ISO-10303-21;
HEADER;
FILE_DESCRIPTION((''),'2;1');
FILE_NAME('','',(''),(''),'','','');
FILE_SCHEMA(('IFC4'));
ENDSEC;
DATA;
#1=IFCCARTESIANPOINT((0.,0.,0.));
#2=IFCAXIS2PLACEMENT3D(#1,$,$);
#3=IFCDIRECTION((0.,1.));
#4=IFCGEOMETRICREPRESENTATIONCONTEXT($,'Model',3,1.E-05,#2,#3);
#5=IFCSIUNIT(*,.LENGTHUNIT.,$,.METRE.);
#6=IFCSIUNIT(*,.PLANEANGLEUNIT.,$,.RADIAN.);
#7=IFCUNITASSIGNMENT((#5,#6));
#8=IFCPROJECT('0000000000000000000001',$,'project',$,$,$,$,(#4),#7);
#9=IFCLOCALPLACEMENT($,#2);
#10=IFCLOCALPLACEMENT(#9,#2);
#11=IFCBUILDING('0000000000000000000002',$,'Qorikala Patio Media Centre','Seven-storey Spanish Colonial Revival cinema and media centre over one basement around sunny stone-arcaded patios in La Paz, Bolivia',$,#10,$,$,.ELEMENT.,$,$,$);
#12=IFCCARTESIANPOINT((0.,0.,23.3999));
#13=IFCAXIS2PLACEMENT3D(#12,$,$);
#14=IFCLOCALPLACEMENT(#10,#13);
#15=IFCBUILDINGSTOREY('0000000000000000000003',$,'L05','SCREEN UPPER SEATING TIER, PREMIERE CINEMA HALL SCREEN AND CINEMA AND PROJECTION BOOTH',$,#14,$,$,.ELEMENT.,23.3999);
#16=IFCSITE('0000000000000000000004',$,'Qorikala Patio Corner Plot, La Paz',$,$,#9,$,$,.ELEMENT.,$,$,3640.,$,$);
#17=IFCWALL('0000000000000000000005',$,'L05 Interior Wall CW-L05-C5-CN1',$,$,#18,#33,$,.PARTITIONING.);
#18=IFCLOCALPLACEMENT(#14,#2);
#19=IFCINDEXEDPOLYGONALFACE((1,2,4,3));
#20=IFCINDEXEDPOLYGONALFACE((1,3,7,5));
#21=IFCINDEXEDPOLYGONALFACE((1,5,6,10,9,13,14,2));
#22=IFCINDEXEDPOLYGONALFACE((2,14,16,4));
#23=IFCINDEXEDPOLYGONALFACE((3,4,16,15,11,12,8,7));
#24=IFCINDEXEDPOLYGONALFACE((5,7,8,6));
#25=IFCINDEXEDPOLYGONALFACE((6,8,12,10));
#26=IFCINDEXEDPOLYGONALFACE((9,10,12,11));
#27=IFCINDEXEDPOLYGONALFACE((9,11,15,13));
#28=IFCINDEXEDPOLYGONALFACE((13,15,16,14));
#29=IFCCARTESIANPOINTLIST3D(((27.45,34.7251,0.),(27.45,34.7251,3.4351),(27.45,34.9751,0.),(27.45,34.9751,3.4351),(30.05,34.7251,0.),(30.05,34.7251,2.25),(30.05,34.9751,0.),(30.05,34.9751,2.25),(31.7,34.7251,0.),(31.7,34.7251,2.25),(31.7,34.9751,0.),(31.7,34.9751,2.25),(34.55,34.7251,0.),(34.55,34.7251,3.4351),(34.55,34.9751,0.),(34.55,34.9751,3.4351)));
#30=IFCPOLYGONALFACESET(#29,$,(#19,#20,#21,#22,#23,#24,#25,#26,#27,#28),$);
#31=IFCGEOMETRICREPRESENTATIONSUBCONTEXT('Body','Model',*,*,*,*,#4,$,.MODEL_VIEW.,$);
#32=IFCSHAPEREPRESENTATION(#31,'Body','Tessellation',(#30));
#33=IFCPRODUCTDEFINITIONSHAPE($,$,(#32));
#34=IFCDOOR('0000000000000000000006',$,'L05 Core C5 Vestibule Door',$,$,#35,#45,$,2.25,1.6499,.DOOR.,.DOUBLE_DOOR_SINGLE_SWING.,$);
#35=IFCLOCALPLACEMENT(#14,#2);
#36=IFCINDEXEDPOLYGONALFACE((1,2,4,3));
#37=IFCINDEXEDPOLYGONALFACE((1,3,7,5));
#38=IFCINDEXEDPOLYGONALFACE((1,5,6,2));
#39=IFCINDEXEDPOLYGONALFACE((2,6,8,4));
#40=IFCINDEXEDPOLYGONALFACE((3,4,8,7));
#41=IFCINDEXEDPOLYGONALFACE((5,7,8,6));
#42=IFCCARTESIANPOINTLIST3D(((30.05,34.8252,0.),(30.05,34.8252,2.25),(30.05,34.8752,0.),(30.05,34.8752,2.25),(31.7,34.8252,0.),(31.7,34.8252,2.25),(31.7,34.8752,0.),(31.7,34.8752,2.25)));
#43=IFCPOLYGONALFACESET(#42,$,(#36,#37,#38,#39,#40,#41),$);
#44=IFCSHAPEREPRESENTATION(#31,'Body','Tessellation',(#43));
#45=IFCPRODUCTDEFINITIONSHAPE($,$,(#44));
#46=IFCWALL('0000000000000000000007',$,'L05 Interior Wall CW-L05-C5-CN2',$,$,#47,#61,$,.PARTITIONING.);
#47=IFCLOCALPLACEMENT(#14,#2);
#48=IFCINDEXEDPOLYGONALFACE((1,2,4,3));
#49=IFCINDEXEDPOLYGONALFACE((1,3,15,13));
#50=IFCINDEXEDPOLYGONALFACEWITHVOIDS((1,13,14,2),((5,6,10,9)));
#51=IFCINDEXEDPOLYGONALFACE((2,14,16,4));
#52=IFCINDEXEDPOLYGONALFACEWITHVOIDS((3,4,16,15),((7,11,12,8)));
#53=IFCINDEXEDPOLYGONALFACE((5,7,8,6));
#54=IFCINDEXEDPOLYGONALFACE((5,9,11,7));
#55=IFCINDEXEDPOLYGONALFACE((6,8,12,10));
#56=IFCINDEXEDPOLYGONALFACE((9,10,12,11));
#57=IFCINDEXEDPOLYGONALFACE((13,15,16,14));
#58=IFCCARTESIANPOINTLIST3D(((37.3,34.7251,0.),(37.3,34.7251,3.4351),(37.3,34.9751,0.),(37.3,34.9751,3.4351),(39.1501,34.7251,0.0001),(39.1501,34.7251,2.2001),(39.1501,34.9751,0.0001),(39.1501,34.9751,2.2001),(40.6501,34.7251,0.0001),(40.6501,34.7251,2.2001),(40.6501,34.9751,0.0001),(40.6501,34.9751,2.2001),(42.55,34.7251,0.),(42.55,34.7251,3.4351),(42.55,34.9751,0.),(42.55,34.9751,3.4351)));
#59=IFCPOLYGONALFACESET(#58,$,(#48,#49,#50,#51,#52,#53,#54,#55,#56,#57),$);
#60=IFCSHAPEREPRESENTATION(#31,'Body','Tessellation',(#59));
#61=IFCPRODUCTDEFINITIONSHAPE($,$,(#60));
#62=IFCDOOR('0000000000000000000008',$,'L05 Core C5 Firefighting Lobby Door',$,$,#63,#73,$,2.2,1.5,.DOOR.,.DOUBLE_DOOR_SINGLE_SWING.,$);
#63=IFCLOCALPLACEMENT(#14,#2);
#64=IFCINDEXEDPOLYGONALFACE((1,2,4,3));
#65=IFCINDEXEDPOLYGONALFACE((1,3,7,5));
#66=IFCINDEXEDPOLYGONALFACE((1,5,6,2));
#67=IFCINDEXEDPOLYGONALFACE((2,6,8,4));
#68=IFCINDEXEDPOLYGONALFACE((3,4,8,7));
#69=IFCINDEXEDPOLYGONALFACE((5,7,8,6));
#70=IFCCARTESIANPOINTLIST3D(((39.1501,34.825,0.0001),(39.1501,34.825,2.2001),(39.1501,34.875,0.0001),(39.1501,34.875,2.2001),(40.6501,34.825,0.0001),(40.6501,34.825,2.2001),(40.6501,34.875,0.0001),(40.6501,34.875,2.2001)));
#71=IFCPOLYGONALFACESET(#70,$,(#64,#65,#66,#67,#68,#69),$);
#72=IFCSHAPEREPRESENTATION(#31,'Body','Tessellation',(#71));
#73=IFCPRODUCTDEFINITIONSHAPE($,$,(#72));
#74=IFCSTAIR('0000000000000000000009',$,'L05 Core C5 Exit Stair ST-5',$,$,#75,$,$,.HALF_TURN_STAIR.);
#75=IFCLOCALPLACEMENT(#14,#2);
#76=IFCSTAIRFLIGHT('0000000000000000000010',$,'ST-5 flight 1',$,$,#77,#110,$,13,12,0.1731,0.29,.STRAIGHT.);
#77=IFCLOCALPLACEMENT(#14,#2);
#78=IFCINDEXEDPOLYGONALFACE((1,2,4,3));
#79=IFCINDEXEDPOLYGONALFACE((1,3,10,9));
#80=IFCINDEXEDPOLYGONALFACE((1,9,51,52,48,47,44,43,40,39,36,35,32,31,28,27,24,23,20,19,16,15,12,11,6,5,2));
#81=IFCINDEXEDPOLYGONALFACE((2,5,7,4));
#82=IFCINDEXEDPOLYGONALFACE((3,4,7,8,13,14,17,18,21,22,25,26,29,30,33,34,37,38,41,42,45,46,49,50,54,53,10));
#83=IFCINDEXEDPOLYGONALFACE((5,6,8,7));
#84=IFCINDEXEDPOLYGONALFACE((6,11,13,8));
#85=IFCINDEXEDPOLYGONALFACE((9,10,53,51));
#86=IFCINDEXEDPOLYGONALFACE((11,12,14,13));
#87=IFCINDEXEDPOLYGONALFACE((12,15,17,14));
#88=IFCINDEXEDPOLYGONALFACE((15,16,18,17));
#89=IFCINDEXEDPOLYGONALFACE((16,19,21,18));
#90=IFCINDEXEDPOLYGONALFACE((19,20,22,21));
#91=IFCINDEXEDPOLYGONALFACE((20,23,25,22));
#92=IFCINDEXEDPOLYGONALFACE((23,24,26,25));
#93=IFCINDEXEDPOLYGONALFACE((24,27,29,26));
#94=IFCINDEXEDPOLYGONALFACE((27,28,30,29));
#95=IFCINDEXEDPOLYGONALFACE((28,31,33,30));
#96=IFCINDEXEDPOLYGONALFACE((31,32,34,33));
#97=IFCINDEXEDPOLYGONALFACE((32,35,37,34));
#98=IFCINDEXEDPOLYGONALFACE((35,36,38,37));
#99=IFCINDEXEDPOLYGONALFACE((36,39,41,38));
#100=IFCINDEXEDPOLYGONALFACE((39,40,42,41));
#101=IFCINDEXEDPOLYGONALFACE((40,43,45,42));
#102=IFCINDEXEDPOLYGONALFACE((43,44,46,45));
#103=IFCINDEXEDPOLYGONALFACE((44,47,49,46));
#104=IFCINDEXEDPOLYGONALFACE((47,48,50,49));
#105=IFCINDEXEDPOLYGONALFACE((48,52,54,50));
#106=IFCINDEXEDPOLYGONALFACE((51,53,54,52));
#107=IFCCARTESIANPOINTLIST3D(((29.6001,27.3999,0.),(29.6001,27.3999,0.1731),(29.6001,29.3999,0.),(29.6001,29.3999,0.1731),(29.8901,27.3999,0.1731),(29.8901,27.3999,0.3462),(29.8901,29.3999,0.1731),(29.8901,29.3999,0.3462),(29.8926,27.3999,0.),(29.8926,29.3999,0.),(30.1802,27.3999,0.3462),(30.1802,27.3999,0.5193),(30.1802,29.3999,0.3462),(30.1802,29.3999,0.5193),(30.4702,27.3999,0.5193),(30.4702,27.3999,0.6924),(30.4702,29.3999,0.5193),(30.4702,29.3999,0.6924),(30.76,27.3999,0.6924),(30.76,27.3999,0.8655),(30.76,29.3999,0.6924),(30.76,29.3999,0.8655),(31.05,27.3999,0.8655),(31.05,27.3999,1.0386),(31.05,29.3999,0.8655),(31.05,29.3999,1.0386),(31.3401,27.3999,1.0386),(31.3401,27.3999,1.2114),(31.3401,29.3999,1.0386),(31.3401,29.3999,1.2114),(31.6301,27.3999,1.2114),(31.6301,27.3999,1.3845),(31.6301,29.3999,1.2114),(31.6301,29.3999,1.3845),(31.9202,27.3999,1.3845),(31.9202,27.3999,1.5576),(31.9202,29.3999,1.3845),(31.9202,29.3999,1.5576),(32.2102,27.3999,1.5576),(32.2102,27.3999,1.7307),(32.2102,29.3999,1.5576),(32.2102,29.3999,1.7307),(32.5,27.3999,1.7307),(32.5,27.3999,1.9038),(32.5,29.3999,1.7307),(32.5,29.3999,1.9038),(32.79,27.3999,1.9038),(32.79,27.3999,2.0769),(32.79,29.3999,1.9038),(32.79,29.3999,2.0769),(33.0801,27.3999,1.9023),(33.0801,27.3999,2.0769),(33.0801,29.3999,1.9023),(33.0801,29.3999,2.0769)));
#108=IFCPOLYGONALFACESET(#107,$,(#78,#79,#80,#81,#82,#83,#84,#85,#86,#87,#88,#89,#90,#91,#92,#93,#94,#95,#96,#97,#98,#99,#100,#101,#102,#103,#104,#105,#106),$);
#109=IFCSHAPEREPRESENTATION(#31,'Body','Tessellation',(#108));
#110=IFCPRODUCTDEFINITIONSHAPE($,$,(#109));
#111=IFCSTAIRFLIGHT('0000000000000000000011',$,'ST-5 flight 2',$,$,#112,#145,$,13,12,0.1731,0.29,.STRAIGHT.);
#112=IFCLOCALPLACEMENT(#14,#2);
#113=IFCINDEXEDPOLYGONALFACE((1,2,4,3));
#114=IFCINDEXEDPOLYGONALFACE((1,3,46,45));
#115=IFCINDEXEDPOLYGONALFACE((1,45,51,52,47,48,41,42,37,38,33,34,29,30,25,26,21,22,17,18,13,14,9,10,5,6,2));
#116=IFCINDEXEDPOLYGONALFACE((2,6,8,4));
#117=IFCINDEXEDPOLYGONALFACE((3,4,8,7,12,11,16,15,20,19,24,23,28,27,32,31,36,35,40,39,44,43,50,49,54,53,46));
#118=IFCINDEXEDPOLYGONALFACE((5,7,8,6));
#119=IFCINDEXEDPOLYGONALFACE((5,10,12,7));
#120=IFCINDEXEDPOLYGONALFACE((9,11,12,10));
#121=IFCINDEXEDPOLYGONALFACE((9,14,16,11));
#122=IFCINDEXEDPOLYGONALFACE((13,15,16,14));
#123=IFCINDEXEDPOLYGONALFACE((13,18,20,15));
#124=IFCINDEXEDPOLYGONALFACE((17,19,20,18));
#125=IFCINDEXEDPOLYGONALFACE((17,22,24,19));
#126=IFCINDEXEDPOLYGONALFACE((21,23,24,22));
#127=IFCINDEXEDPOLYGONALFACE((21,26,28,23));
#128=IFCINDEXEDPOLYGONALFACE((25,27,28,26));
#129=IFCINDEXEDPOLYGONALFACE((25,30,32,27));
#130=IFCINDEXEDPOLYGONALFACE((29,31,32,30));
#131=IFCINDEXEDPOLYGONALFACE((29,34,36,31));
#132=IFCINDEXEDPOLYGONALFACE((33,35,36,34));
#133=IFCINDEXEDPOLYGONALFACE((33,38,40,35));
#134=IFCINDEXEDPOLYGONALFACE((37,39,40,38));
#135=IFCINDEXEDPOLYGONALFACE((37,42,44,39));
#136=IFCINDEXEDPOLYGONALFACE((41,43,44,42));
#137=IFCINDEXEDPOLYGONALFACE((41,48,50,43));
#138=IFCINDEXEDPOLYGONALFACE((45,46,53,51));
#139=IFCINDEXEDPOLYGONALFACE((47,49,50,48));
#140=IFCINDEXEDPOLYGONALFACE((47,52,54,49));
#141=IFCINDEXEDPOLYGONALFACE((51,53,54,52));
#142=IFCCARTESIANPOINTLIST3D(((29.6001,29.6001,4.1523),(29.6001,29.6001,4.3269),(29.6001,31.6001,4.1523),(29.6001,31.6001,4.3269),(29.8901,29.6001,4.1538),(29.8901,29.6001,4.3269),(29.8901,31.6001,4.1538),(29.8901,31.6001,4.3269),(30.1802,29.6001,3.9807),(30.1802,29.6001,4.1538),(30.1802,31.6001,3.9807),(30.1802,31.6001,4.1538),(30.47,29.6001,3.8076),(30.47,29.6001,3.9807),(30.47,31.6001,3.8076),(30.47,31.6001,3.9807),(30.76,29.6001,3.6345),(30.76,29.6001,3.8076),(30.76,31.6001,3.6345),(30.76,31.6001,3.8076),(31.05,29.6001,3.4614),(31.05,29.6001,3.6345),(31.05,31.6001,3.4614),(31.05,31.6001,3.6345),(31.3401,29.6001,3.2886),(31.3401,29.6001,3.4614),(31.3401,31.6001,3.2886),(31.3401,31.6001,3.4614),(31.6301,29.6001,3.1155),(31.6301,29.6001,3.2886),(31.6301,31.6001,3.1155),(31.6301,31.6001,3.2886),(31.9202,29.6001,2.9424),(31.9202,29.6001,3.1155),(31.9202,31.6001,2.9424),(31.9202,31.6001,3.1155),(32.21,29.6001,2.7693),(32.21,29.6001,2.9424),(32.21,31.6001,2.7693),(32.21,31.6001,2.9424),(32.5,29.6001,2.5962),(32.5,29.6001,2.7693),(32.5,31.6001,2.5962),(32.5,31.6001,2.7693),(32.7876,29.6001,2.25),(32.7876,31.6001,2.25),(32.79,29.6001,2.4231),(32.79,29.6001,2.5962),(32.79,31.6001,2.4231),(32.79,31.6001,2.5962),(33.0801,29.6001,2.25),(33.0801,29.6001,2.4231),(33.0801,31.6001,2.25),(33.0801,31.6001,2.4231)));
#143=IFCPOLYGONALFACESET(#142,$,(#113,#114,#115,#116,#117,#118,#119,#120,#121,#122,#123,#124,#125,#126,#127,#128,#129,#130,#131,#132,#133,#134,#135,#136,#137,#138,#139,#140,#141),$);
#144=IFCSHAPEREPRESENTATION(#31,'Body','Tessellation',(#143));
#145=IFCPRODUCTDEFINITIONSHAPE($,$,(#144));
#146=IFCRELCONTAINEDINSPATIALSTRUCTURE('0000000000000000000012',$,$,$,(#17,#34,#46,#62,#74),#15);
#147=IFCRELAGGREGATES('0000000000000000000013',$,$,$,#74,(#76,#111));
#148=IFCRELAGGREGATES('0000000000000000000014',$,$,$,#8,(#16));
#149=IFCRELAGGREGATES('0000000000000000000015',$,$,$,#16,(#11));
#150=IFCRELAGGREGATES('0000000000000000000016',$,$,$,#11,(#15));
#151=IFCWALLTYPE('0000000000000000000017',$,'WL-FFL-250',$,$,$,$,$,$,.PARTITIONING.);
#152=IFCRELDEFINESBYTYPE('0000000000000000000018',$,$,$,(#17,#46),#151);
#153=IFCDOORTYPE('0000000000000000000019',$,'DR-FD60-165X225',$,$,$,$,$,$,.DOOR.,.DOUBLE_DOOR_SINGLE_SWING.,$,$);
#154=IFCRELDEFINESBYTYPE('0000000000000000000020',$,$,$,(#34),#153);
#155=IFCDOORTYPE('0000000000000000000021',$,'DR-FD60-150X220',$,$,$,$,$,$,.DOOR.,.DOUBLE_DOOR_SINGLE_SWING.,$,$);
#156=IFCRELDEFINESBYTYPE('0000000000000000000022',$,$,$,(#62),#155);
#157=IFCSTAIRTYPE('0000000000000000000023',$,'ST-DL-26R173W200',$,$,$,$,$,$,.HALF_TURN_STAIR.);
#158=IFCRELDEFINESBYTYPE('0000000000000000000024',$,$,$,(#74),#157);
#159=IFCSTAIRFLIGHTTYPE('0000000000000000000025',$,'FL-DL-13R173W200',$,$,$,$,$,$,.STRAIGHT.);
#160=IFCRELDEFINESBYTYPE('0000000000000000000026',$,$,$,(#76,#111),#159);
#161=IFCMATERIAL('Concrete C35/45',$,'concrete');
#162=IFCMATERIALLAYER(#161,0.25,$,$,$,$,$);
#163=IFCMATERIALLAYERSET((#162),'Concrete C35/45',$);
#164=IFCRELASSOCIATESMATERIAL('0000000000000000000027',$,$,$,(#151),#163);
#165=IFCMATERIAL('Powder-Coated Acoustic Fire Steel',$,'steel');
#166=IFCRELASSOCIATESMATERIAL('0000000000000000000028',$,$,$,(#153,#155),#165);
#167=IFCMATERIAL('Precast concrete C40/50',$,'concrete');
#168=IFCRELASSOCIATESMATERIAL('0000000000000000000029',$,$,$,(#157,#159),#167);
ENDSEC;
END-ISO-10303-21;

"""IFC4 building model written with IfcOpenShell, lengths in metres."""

from ifc_helpers import new_model, si_unit, direction, frame, frame_2d, origin, place, context, subcontext, project, spatial, polyline, rectangle, outline, extrude, material, layer, layer_set, type_object, element, fill, aggregate, save


model = new_model("IFC4")

# Units and contexts
model_context = context("Model", 3, precision=1e-05, world=origin(), true_north=direction((0.0, 1.0)))
body_context = subcontext(model_context, "Body", "Model", "MODEL_VIEW")
ifc_project = project(units=[si_unit("LENGTHUNIT", "METRE"), si_unit("PLANEANGLEUNIT", "RADIAN")], contexts=[model_context])

# Site, building, storey
site_placement = place(None, origin())
site = spatial("IfcSite", under=ifc_project, at=site_placement, Name="Qorikala Patio Corner Plot, La Paz", CompositionType="ELEMENT", RefElevation=3640.0)
building_placement = place(site_placement, origin())
building = spatial("IfcBuilding", under=site, at=building_placement, Name="Qorikala Patio Media Centre", Description="Seven-storey Spanish Colonial Revival cinema and media centre over one basement around sunny stone-arcaded patios in La Paz, Bolivia", CompositionType="ELEMENT")
storey_placement = place(building_placement, frame((0.0, 0.0, 23.3999)))
storey = spatial("IfcBuildingStorey", under=building, at=storey_placement, Name="L05", Description="SCREEN UPPER SEATING TIER, PREMIERE CINEMA HALL SCREEN AND CINEMA AND PROJECTION BOOTH", CompositionType="ELEMENT", Elevation=23.3999)

# Shared definitions
ifc_material_1 = material(Name="Concrete C35/45", Category="concrete")

# Walls, openings, doors
ifc_material_2 = material(Name="Powder-Coated Acoustic Fire Steel", Category="steel")
ifc_layer_1 = layer(ifc_material_1, 0.25)
ifc_layer_set_1 = layer_set([ifc_layer_1], Name="Concrete C35/45")
wall_type_1 = type_object("IfcWallType", Name="WL-FFL-250", PredefinedType="PARTITIONING", material=ifc_layer_set_1)
wall_1_placement = place(storey_placement, frame((27.45, 34.8501, 0.0), z_axis=(0.0, 0.0, 1.0), x_axis=(1.0, 0.0, 0.0)))
wall_1 = element("IfcWall", 1, at=wall_1_placement, inside=storey, type_object=wall_type_1, Name="L05 Interior Wall CW-L05-C5-CN1", PredefinedType="PARTITIONING", context=body_context, shape_type="SweptSolid", body=[
    extrude(rectangle(XDim=7.1001, YDim=0.25, at=frame_2d((3.55, 0.0))), origin(), (0.0, 0.0, 1.0), 3.4351),
])
opening_1_placement = place(wall_1_placement, frame((2.6001, 0.0, 0.0)))
opening_1 = element("IfcOpeningElement", 2, at=opening_1_placement, cuts=wall_1, PredefinedType="OPENING", context=body_context, shape_type="SweptSolid", body=[
    extrude(rectangle(XDim=1.6499, YDim=2.25, at=frame_2d((0.825, 1.125))), frame((0.0, 0.135, 0.0), z_axis=(0.0, -1.0, 0.0), x_axis=(1.0, 0.0, 0.0)), (0.0, 0.0, 1.0), 0.27),
])
door_type_1 = type_object("IfcDoorType", Name="DR-FD60-165X225", OperationType="DOUBLE_DOOR_SINGLE_SWING", PredefinedType="DOOR", material=ifc_material_2)
door_1_placement = place(opening_1_placement, frame((1.6499, 0.0, 0.0), z_axis=(0.0, 0.0, 1.0), x_axis=(-1.0, 0.0, 0.0)))
door_1 = element("IfcDoor", 3, at=door_1_placement, inside=storey, type_object=door_type_1, Name="L05 Core C5 Vestibule Door", OperationType="DOUBLE_DOOR_SINGLE_SWING", OverallHeight=2.25, OverallWidth=1.6499, PredefinedType="DOOR", context=body_context, shape_type="SweptSolid", body=[
    extrude(rectangle(XDim=1.6499, YDim=2.25, at=frame_2d((0.825, 1.125))), frame((0.0, 0.0249, 0.0), z_axis=(0.0, -1.0, 0.0), x_axis=(1.0, 0.0, 0.0)), (0.0, 0.0, 1.0), 0.05),
])
fill(opening_1, door_1)
wall_2_placement = place(storey_placement, frame((37.3, 34.8501, 0.0), z_axis=(0.0, 0.0, 1.0), x_axis=(1.0, 0.0, 0.0)))
wall_2 = element("IfcWall", 4, at=wall_2_placement, inside=storey, type_object=wall_type_1, Name="L05 Interior Wall CW-L05-C5-CN2", PredefinedType="PARTITIONING", context=body_context, shape_type="SweptSolid", body=[
    extrude(rectangle(XDim=5.25, YDim=0.25, at=frame_2d((2.625, 0.0))), origin(), (0.0, 0.0, 1.0), 3.4351),
])
opening_2_placement = place(wall_2_placement, frame((1.8501, 0.0, 0.0)))
opening_2 = element("IfcOpeningElement", 5, at=opening_2_placement, cuts=wall_2, PredefinedType="OPENING", context=body_context, shape_type="SweptSolid", body=[
    extrude(rectangle(XDim=1.5, YDim=2.2, at=frame_2d((0.75, 1.1001))), frame((0.0, 0.135, 0.0), z_axis=(0.0, -1.0, 0.0), x_axis=(1.0, 0.0, 0.0)), (0.0, 0.0, 1.0), 0.27),
])
door_type_2 = type_object("IfcDoorType", Name="DR-FD60-150X220", OperationType="DOUBLE_DOOR_SINGLE_SWING", PredefinedType="DOOR", material=ifc_material_2)
door_2_placement = place(opening_2_placement, origin())
door_2 = element("IfcDoor", 6, at=door_2_placement, inside=storey, type_object=door_type_2, Name="L05 Core C5 Firefighting Lobby Door", OperationType="DOUBLE_DOOR_SINGLE_SWING", OverallHeight=2.2, OverallWidth=1.5, PredefinedType="DOOR", context=body_context, shape_type="SweptSolid", body=[
    extrude(rectangle(XDim=1.5, YDim=2.2, at=frame_2d((0.75, 1.1001))), frame((0.0, 0.0249, 0.0), z_axis=(0.0, -1.0, 0.0), x_axis=(1.0, 0.0, 0.0)), (0.0, 0.0, 1.0), 0.05),
])
fill(opening_2, door_2)

# Stair, stair flights
ifc_material_3 = material(Name="Precast concrete C40/50", Category="concrete")
stair_type = type_object("IfcStairType", Name="ST-DL-26R173W200", PredefinedType="HALF_TURN_STAIR", material=ifc_material_3)
stair_placement = place(storey_placement, origin())
stair = element("IfcStair", 7, at=stair_placement, inside=storey, type_object=stair_type, Name="L05 Core C5 Exit Stair ST-5", PredefinedType="HALF_TURN_STAIR")
stair_flight_type = type_object("IfcStairFlightType", Name="FL-DL-13R173W200", PredefinedType="STRAIGHT", material=ifc_material_3)
stair_flight_1_placement = place(storey_placement, frame((29.6001, 28.3999, 0.0), z_axis=(0.0, 0.0, 1.0), x_axis=(1.0, 0.0, 0.0)))
stair_flight_1 = element("IfcStairFlight", 8, at=stair_flight_1_placement, type_object=stair_flight_type, Name="ST-5 flight 1", NumberOfRisers=13, NumberOfTreads=12, PredefinedType="STRAIGHT", RiserHeight=0.1731, TreadLength=0.29, context=body_context, shape_type="SweptSolid", body=[
    extrude(outline(polyline([(0.0, 0.0), (0.0, 0.1731), (0.29, 0.1731), (0.29, 0.3462), (0.5801, 0.3462), (0.5801, 0.5193), (0.8701, 0.5193), (0.8701, 0.6924), (1.1599, 0.6924), (1.1599, 0.8655), (1.45, 0.8655), (1.45, 1.0386), (1.74, 1.0386), (1.74, 1.2114), (2.03, 1.2114), (2.03, 1.3845), (2.3201, 1.3845), (2.3201, 1.5576), (2.6101, 1.5576), (2.6101, 1.7307), (2.8999, 1.7307), (2.8999, 1.9038), (3.1899, 1.9038), (3.1899, 2.0769), (3.48, 2.0769), (3.48, 2.25), (3.48, 1.9023), (0.2925, 0.0), (0.0, 0.0)])), frame((0.0, 1.0, 0.0), z_axis=(0.0, -1.0, 0.0), x_axis=(1.0, 0.0, 0.0)), (0.0, 0.0, 1.0), 2.0),
])
stair_flight_2_placement = place(storey_placement, frame((33.0801, 30.6001, 2.25), z_axis=(0.0, 0.0, 1.0), x_axis=(-1.0, 0.0, 0.0)))
stair_flight_2 = element("IfcStairFlight", 9, at=stair_flight_2_placement, type_object=stair_flight_type, Name="ST-5 flight 2", NumberOfRisers=13, NumberOfTreads=12, PredefinedType="STRAIGHT", RiserHeight=0.1731, TreadLength=0.29, context=body_context, shape_type="SweptSolid", body=[
    extrude(outline(polyline([(0.0, 0.0), (0.0, 0.1731), (0.29, 0.1731), (0.29, 0.3462), (0.5801, 0.3462), (0.5801, 0.5193), (0.8701, 0.5193), (0.8701, 0.6924), (1.1599, 0.6924), (1.1599, 0.8655), (1.45, 0.8655), (1.45, 1.0386), (1.74, 1.0386), (1.74, 1.2114), (2.03, 1.2114), (2.03, 1.3845), (2.3201, 1.3845), (2.3201, 1.5576), (2.6101, 1.5576), (2.6101, 1.7307), (2.8999, 1.7307), (2.8999, 1.9038), (3.1899, 1.9038), (3.1899, 2.0769), (3.48, 2.0769), (3.48, 2.25), (3.48, 1.9023), (0.2925, 0.0), (0.0, 0.0)])), frame((0.0, 1.0, 0.0), z_axis=(0.0, -1.0, 0.0), x_axis=(1.0, 0.0, 0.0)), (0.0, 0.0, 1.0), 2.0),
])
aggregate(stair, [stair_flight_1, stair_flight_2])

save(model, "model.ifc")
